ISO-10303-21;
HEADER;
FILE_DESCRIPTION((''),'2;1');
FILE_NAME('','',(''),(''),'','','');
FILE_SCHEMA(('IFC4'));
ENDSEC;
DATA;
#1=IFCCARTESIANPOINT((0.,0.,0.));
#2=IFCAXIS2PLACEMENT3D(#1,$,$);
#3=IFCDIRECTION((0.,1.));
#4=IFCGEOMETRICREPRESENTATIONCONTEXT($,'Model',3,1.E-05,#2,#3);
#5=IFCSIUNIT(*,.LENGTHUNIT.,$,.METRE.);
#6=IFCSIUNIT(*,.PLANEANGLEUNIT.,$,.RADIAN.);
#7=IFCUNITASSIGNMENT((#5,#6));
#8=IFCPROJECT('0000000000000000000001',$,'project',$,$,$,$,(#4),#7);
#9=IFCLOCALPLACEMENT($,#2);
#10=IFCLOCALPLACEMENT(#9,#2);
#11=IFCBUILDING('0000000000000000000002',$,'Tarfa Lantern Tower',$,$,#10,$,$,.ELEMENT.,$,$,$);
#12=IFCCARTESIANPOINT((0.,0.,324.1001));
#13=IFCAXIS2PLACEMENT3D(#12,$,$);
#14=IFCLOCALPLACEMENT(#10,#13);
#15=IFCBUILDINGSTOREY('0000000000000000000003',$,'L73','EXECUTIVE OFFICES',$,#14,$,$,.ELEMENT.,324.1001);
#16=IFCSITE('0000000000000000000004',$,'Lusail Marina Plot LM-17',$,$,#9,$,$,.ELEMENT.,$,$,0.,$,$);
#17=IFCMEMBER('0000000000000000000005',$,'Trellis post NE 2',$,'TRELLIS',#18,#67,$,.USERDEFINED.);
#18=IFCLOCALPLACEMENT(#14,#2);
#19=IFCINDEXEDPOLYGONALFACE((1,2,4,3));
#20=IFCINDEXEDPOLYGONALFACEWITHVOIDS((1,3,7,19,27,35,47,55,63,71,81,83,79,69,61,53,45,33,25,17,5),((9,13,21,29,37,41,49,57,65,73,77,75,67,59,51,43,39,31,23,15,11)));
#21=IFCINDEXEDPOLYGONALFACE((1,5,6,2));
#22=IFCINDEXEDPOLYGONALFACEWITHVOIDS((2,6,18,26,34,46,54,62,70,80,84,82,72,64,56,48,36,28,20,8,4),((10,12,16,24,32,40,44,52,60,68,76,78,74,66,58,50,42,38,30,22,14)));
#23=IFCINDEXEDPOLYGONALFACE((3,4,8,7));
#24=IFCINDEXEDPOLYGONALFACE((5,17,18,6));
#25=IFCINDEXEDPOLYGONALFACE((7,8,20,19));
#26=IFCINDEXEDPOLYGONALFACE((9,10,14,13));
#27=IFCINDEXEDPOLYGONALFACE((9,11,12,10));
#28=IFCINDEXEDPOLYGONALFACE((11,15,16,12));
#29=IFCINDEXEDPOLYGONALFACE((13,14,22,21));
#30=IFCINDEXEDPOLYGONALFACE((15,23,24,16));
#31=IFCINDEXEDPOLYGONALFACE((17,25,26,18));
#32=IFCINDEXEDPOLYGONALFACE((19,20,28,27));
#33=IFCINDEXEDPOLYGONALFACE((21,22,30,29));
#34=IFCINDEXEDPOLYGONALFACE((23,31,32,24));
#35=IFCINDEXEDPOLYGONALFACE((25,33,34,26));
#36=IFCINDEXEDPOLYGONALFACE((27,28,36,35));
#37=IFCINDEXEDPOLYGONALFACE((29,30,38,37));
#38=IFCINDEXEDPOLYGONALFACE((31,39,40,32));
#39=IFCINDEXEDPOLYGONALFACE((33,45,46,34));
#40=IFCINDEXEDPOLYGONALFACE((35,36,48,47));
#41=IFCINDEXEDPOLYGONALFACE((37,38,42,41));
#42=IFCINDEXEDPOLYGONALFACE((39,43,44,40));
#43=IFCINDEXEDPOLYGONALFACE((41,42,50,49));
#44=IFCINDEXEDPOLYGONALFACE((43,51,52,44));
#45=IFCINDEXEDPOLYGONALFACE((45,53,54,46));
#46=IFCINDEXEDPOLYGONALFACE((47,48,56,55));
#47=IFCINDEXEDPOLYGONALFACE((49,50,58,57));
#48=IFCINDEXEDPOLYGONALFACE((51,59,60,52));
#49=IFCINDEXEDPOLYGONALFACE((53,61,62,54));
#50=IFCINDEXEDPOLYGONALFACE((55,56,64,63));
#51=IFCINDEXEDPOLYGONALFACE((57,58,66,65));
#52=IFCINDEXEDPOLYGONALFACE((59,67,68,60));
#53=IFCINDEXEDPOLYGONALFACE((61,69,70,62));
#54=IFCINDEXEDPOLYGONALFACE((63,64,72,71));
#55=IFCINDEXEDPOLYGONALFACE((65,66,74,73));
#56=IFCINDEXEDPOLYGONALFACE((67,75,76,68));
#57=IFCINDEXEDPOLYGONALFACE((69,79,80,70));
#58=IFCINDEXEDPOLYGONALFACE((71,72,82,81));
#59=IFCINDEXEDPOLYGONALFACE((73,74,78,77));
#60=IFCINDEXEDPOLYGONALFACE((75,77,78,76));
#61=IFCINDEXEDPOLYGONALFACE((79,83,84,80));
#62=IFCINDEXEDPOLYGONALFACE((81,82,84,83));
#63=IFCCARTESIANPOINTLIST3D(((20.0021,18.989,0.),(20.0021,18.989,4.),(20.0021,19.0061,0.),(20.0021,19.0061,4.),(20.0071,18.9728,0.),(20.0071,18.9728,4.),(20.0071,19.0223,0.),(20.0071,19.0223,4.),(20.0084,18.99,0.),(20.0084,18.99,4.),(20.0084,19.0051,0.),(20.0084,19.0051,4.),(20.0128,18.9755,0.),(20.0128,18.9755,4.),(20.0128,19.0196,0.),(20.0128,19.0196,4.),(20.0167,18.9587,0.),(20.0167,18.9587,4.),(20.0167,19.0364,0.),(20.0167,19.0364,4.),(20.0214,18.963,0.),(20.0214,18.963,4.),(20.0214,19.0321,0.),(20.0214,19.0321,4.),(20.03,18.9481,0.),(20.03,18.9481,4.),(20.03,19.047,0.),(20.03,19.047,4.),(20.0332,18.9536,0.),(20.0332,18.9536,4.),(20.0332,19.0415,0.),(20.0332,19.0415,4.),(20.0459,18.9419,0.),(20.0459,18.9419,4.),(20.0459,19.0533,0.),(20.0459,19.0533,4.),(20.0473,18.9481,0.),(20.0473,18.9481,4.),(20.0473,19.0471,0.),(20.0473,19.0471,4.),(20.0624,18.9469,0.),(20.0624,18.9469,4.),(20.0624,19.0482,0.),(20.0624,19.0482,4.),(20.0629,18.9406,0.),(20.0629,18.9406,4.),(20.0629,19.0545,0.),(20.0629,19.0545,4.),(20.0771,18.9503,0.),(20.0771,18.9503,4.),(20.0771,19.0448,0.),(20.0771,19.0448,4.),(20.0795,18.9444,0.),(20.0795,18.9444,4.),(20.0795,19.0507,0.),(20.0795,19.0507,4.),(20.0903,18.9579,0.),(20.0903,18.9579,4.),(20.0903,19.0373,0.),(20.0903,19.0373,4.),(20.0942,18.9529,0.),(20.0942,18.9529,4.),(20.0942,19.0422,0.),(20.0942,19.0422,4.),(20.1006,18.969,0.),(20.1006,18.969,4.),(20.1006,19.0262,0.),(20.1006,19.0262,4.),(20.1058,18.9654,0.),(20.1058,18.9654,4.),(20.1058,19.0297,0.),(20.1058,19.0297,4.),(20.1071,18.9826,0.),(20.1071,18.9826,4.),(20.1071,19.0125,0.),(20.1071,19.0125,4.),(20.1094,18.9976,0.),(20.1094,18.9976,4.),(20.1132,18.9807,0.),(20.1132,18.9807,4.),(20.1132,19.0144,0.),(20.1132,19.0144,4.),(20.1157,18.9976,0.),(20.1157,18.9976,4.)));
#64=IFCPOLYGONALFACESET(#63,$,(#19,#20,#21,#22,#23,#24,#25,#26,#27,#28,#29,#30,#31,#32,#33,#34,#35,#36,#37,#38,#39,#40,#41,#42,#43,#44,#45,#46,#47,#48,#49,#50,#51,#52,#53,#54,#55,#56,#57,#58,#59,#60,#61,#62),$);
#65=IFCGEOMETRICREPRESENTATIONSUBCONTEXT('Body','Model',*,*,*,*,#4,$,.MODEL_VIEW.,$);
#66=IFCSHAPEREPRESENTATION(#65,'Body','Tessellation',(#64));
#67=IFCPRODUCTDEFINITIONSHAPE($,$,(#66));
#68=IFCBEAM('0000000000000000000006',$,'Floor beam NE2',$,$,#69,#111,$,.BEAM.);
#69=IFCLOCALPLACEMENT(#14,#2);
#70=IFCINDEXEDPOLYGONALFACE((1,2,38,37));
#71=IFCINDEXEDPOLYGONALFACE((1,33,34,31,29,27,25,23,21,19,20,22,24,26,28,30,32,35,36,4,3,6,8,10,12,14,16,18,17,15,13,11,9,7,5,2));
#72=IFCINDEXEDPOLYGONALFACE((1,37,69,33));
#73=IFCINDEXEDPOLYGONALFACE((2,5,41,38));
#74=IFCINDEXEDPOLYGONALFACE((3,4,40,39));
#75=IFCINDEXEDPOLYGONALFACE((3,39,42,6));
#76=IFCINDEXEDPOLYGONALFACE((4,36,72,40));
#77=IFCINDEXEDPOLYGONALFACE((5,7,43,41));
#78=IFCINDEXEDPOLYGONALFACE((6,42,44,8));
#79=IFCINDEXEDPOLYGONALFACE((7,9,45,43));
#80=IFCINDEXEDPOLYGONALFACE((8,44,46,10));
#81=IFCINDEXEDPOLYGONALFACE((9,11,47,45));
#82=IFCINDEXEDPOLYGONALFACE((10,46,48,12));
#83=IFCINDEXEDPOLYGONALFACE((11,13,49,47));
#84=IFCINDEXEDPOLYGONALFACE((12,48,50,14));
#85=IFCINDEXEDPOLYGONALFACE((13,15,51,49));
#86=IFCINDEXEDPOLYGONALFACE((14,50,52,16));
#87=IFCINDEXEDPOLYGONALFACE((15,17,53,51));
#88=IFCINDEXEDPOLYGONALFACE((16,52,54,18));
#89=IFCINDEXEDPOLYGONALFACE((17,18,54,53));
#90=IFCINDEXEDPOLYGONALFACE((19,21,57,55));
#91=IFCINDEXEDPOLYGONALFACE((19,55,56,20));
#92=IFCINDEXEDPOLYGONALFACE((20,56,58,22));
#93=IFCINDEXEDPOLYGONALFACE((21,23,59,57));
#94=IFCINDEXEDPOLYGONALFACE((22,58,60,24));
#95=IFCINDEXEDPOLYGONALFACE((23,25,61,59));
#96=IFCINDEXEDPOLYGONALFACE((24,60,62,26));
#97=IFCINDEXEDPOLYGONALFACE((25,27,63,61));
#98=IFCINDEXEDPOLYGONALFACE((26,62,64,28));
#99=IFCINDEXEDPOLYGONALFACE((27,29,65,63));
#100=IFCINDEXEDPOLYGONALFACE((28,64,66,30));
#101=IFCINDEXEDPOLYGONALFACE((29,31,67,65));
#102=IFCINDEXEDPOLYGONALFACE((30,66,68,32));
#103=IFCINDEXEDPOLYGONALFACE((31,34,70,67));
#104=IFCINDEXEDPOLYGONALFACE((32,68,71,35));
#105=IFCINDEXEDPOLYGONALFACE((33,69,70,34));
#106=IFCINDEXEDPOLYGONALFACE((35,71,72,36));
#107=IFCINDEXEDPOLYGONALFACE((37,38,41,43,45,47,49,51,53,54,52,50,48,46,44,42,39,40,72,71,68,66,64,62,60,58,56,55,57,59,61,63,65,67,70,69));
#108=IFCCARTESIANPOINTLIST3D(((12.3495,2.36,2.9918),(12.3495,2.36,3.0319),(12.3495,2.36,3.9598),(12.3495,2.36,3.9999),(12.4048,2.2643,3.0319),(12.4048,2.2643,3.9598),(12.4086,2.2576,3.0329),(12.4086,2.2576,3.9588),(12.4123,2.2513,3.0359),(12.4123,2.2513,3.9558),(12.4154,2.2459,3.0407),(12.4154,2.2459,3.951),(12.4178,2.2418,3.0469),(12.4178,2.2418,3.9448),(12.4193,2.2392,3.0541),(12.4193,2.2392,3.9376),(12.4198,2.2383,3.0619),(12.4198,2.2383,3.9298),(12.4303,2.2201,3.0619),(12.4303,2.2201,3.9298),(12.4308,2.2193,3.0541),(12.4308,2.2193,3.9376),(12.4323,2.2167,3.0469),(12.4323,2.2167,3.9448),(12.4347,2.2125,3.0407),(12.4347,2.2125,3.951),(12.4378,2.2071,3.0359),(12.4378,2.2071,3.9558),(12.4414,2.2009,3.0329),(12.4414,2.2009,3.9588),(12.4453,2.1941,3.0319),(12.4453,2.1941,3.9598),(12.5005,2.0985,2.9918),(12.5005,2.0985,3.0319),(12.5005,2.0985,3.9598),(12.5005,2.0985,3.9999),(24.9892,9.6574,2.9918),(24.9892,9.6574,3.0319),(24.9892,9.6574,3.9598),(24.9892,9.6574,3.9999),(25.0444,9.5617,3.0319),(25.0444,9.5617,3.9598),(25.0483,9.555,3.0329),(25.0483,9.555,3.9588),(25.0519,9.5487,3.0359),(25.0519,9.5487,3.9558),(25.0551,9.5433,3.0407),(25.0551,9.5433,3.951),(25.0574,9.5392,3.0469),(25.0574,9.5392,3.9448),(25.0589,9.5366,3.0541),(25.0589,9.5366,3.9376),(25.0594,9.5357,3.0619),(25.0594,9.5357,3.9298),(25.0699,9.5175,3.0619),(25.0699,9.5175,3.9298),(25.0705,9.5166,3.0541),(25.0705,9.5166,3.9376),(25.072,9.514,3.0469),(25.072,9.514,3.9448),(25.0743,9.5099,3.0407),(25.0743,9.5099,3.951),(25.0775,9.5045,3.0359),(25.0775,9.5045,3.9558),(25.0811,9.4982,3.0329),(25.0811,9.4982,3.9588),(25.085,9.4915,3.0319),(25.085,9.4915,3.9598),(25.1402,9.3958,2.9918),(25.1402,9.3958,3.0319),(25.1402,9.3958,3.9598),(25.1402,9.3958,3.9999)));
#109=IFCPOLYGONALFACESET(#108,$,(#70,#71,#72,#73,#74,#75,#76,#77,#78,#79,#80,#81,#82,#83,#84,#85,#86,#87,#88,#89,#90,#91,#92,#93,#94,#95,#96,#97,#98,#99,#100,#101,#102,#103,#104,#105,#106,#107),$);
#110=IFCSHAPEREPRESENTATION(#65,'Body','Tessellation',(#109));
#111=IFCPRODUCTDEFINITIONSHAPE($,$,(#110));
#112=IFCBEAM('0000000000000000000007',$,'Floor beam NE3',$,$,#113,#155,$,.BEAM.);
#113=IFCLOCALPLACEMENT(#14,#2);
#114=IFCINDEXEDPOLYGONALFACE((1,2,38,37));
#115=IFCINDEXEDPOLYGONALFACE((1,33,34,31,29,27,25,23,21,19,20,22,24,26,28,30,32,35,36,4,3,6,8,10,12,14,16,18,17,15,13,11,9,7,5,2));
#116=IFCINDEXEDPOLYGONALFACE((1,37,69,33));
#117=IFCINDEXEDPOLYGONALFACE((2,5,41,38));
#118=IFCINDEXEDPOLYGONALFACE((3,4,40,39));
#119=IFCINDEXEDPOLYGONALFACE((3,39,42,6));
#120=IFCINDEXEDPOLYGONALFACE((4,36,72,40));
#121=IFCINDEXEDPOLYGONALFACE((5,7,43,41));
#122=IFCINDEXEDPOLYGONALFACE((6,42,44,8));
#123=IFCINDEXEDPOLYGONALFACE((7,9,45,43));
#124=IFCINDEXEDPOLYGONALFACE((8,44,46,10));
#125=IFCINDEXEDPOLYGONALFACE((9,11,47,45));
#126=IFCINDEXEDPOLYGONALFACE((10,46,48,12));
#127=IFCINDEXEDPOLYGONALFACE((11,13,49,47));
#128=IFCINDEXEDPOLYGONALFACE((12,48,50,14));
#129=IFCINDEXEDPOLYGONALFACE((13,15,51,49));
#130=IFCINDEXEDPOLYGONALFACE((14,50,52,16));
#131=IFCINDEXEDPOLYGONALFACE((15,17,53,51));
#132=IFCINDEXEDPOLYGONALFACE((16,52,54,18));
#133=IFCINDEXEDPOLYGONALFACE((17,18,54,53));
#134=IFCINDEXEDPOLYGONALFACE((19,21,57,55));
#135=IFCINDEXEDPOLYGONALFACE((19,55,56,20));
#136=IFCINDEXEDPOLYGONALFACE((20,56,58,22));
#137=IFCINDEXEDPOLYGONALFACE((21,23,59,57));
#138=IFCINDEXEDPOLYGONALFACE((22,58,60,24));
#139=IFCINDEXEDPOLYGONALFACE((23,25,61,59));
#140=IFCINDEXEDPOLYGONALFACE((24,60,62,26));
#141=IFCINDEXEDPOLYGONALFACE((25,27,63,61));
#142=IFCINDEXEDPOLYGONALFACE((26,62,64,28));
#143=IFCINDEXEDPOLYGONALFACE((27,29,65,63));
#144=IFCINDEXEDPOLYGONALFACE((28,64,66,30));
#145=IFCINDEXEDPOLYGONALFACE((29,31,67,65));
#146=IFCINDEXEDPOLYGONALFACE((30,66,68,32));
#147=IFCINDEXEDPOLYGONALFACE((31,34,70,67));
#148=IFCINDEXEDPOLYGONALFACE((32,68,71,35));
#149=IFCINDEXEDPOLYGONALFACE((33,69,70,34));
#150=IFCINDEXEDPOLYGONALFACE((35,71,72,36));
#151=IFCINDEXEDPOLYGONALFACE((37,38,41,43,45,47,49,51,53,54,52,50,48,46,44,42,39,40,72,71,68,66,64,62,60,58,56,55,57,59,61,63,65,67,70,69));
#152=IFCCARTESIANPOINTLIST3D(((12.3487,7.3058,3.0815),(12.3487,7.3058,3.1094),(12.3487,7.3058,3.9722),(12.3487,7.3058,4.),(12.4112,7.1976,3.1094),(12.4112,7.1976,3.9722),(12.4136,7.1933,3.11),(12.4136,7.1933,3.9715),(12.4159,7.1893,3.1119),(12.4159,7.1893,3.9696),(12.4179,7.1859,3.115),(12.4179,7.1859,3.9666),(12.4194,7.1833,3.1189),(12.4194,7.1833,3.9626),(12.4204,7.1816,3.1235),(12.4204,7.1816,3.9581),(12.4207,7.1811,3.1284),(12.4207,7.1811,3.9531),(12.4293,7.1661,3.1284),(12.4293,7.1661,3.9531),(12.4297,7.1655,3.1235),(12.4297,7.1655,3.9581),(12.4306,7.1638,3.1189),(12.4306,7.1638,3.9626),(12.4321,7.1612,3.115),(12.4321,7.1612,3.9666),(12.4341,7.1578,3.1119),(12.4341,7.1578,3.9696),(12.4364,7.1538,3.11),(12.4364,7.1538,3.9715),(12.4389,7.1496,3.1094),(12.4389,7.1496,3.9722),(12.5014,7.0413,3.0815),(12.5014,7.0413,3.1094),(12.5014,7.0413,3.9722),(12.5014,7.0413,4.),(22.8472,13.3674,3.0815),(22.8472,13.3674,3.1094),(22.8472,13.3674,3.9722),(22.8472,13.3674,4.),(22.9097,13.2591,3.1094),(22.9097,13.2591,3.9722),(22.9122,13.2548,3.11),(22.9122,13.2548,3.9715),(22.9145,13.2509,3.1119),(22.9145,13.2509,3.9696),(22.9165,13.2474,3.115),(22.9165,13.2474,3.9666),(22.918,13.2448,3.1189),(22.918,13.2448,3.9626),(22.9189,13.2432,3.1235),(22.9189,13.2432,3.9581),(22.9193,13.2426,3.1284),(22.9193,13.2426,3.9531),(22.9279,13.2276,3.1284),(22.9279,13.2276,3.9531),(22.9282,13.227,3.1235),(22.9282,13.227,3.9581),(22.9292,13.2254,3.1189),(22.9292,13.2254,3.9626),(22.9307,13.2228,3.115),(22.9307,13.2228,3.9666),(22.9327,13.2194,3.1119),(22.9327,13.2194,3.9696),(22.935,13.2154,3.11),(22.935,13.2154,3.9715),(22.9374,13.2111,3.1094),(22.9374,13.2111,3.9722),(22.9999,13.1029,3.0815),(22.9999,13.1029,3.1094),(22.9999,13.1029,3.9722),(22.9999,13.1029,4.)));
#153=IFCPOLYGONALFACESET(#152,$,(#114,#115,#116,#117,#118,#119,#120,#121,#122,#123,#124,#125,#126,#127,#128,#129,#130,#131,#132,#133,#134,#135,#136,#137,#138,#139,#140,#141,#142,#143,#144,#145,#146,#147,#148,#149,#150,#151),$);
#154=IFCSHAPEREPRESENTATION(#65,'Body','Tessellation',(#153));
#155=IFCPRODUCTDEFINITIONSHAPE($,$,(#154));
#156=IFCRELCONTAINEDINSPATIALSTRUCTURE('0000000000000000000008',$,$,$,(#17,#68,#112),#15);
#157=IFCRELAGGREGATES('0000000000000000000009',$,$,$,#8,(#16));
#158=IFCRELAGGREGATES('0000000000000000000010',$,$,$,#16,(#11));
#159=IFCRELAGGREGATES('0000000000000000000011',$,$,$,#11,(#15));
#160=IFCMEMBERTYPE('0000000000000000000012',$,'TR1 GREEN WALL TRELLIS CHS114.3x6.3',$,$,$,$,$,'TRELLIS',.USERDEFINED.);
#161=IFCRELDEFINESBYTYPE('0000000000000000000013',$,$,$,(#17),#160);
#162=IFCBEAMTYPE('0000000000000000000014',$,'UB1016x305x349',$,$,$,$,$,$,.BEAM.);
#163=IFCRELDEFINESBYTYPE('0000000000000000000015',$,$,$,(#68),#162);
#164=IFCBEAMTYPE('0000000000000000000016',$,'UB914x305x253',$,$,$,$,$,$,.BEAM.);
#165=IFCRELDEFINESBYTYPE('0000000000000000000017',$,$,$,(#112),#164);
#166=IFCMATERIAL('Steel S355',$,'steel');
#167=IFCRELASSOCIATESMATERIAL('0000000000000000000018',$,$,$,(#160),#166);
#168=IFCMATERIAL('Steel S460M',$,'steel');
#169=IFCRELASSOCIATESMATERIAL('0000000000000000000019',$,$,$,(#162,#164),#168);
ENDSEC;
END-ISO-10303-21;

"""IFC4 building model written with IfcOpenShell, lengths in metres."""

from ifc_helpers import new_model, si_unit, direction, frame, origin, origin_2d, place, context, subcontext, project, spatial, hollow_circle, i_section, extrude, material, material_profile, profile_set, type_object, element, save


model = new_model("IFC4")

# Units and contexts
model_context = context("Model", 3, precision=1e-05, world=origin(), true_north=direction((0.0, 1.0)))
body_context = subcontext(model_context, "Body", "Model", "MODEL_VIEW")
ifc_project = project(units=[si_unit("LENGTHUNIT", "METRE"), si_unit("PLANEANGLEUNIT", "RADIAN")], contexts=[model_context])

# Site, building, storey
site_placement = place(None, origin())
site = spatial("IfcSite", under=ifc_project, at=site_placement, Name="Lusail Marina Plot LM-17", CompositionType="ELEMENT", RefElevation=0.0)
building_placement = place(site_placement, origin())
building = spatial("IfcBuilding", under=site, at=building_placement, Name="Tarfa Lantern Tower", CompositionType="ELEMENT")
storey_placement = place(building_placement, frame((0.0, 0.0, 324.1001)))
storey = spatial("IfcBuildingStorey", under=building, at=storey_placement, Name="L73", Description="EXECUTIVE OFFICES", CompositionType="ELEMENT", Elevation=324.1001)

# Member
ifc_material_1 = material(Name="Steel S355", Category="steel")
ifc_material_profile_1 = material_profile(ifc_material_1, hollow_circle(Radius=0.0571, WallThickness=0.0063, at=origin_2d()), Name="CHS114.3x6.3")
ifc_profile_set_1 = profile_set([ifc_material_profile_1], Name="Steel S355")
member_type_1 = type_object("IfcMemberType", Name="TR1 GREEN WALL TRELLIS CHS114.3x6.3", ElementType="TRELLIS", PredefinedType="USERDEFINED", material=ifc_profile_set_1)
member_1_placement = place(storey_placement, frame((20.0586, 18.9976, 0.0), z_axis=(0.0, 0.0, 1.0), x_axis=(1.0, 0.0, 0.0)))
element("IfcMember", 1, at=member_1_placement, inside=storey, type_object=member_type_1, Name="Trellis post NE 2", ObjectType="TRELLIS", PredefinedType="USERDEFINED", context=body_context, shape_type="SweptSolid", body=[
    extrude(hollow_circle(Radius=0.0571, WallThickness=0.0063, at=origin_2d()), origin(), (0.0, 0.0, 1.0), 4.0),
])

# Beams
ifc_material_2 = material(Name="Steel S460M", Category="steel")
ifc_material_profile_2 = material_profile(ifc_material_2, i_section(OverallWidth=0.302, OverallDepth=1.0081, WebThickness=0.021, FlangeThickness=0.04, FilletRadius=0.03, at=origin_2d()), Name="UB1016x305x349")
ifc_profile_set_2 = profile_set([ifc_material_profile_2], Name="Steel S460M")
beam_type_1 = type_object("IfcBeamType", Name="UB1016x305x349", PredefinedType="BEAM", material=ifc_profile_set_2)
beam_1_placement = place(storey_placement, frame((25.0647, 9.5266, 3.4958), z_axis=(-0.86603, -0.499993, 0.0), x_axis=(0.499993, -0.86603, 0.0)))
element("IfcBeam", 2, at=beam_1_placement, inside=storey, type_object=beam_type_1, Name="Floor beam NE2", PredefinedType="BEAM", context=body_context, shape_type="SweptSolid", body=[
    extrude(i_section(OverallWidth=0.302, OverallDepth=1.0081, WebThickness=0.021, FlangeThickness=0.04, FilletRadius=0.03, at=origin_2d()), origin(), (0.0, 0.0, 1.0), 14.595),
])
ifc_material_profile_3 = material_profile(ifc_material_2, i_section(OverallWidth=0.3054, OverallDepth=0.9185, WebThickness=0.0173, FlangeThickness=0.0278, FilletRadius=0.019, at=origin_2d()), Name="UB914x305x253")
ifc_profile_set_3 = profile_set([ifc_material_profile_3], Name="Steel S460M")
beam_type_2 = type_object("IfcBeamType", Name="UB914x305x253", PredefinedType="BEAM", material=ifc_profile_set_3)
beam_2_placement = place(storey_placement, frame((22.9236, 13.2351, 3.5408), z_axis=(-0.866019, -0.500012, 0.0), x_axis=(0.500012, -0.866019, 0.0)))
element("IfcBeam", 3, at=beam_2_placement, inside=storey, type_object=beam_type_2, Name="Floor beam NE3", PredefinedType="BEAM", context=body_context, shape_type="SweptSolid", body=[
    extrude(i_section(OverallWidth=0.3054, OverallDepth=0.9185, WebThickness=0.0173, FlangeThickness=0.0278, FilletRadius=0.019, at=origin_2d()), origin(), (0.0, 0.0, 1.0), 12.1228),
])

save(model, "model.ifc")
